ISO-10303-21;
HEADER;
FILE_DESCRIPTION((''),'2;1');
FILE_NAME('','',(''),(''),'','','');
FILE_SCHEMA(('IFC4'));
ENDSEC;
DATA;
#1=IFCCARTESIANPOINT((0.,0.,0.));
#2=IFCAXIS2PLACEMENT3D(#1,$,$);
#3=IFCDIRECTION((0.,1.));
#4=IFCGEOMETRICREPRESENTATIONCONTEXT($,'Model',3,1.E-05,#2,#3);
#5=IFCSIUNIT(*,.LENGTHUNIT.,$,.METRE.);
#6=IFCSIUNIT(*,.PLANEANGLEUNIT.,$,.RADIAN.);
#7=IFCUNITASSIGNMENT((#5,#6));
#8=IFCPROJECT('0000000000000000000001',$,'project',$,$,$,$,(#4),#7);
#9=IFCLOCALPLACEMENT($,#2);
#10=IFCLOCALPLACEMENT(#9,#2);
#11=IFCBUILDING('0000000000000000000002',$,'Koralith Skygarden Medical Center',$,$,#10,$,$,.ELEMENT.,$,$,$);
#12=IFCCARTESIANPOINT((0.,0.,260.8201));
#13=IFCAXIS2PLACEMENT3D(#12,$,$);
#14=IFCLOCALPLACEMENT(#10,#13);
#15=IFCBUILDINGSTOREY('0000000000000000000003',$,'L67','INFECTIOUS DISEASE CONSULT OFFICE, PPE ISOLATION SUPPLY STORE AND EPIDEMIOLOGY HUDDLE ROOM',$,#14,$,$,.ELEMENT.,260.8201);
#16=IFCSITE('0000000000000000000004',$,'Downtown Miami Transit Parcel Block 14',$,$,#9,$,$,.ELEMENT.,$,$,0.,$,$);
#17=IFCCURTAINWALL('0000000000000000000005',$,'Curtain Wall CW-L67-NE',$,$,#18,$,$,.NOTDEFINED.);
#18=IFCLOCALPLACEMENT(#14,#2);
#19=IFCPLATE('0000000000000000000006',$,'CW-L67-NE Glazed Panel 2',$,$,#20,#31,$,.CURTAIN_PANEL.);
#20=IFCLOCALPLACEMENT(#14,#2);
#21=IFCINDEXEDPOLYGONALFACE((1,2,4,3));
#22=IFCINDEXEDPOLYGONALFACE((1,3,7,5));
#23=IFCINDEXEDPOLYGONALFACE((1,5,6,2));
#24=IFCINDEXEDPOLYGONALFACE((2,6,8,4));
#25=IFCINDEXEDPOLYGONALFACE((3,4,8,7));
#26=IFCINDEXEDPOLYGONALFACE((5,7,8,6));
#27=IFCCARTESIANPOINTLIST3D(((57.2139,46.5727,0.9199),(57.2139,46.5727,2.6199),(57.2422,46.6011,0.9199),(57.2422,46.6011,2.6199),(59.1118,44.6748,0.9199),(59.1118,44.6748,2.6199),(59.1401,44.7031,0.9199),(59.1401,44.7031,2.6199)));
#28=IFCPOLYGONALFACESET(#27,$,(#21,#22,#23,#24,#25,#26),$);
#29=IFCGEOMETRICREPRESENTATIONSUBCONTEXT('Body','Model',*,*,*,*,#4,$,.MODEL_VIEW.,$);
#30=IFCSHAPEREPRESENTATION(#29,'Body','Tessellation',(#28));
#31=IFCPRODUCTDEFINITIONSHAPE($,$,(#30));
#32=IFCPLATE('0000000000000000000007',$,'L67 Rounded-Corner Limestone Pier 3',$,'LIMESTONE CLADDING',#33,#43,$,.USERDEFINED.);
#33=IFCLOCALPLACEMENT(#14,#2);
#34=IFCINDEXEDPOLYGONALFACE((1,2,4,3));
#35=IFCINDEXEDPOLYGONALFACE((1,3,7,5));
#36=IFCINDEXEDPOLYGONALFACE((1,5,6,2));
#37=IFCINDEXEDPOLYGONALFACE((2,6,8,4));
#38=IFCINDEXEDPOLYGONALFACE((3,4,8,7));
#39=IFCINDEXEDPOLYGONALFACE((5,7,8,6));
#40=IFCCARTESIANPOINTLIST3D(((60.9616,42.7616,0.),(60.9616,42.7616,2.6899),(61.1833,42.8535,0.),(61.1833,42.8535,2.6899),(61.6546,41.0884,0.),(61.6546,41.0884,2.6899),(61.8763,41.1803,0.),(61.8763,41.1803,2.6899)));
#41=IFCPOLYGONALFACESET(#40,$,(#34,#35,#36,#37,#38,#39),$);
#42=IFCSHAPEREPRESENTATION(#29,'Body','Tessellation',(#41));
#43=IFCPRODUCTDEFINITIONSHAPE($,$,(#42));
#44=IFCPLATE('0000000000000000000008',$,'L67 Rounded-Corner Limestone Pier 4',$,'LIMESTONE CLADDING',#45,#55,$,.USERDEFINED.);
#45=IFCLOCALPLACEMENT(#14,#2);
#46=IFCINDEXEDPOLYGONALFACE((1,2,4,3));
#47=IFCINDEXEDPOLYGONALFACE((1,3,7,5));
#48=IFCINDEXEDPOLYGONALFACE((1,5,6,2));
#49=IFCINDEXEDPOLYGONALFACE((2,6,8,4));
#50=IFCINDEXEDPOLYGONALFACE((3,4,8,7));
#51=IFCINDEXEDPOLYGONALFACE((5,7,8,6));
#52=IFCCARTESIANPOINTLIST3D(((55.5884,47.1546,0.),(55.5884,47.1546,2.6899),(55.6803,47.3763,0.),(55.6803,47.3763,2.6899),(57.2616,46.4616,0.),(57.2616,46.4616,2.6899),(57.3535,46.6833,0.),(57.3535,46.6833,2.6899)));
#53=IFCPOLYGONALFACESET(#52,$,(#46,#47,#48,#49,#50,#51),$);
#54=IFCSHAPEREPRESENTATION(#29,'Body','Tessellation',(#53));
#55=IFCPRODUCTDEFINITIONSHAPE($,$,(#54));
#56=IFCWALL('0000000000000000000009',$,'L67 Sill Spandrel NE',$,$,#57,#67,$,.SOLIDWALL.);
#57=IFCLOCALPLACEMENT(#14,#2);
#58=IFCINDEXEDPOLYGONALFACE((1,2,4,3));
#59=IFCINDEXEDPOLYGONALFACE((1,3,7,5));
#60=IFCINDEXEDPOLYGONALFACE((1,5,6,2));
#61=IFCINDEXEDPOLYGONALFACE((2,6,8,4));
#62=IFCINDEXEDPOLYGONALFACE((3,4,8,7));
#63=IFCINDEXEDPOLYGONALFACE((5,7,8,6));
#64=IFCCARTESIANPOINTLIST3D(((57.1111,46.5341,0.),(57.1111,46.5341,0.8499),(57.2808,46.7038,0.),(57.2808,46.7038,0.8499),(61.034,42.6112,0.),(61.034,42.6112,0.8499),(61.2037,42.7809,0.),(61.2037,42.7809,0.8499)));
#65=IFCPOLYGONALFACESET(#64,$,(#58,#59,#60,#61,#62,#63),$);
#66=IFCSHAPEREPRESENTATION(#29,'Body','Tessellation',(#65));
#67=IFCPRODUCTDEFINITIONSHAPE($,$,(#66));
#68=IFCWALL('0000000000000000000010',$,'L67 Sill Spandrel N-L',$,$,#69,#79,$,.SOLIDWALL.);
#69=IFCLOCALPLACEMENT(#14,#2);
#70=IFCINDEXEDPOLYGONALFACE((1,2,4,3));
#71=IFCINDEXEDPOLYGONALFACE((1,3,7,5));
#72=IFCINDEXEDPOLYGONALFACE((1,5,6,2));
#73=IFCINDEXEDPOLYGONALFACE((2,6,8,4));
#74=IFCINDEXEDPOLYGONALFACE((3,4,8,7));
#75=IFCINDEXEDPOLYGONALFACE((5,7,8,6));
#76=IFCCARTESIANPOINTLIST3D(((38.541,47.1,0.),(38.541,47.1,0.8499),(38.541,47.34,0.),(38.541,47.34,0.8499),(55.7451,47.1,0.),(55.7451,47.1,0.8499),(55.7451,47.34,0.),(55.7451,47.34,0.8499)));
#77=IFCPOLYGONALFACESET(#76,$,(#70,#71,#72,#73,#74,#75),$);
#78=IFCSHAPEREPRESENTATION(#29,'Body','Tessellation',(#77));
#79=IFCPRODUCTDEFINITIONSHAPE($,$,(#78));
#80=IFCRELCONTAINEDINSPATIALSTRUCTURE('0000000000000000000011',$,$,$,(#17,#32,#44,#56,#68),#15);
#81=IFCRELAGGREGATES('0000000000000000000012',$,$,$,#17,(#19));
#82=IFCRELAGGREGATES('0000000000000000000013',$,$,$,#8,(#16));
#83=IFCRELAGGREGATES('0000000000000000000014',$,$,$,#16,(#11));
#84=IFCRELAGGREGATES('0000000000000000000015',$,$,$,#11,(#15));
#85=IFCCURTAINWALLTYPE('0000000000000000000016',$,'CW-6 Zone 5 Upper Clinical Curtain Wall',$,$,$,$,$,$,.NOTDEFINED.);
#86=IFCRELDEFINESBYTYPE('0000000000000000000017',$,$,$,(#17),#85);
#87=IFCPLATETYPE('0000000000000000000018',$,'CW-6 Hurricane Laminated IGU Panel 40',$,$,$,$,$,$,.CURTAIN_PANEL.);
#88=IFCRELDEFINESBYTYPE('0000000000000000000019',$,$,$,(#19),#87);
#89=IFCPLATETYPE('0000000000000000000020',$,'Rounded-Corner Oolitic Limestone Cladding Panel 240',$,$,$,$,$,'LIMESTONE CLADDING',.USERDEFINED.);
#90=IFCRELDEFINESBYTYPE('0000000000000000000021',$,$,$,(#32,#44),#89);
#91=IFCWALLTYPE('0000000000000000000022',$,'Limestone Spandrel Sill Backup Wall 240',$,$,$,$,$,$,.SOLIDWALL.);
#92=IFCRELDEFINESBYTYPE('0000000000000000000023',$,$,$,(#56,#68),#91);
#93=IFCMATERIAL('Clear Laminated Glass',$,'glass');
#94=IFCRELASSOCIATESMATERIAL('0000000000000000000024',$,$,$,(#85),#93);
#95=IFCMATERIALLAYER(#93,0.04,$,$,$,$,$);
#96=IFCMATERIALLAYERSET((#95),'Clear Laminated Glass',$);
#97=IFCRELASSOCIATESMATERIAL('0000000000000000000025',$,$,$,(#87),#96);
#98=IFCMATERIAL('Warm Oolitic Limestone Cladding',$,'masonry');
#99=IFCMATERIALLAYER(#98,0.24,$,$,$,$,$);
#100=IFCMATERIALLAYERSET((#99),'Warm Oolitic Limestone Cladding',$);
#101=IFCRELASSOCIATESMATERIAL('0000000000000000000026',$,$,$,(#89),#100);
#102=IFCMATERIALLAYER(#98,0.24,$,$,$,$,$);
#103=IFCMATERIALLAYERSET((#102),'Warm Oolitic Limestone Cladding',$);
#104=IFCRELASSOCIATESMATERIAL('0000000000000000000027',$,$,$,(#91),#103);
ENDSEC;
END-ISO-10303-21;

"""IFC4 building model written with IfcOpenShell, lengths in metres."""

from ifc_helpers import new_model, si_unit, direction, frame, frame_2d, origin, origin_2d, place, context, subcontext, project, spatial, rectangle, extrude, material, layer, layer_set, type_object, element, aggregate, save


model = new_model("IFC4")

# Units and contexts
model_context = context("Model", 3, precision=1e-05, world=origin(), true_north=direction((0.0, 1.0)))
body_context = subcontext(model_context, "Body", "Model", "MODEL_VIEW")
ifc_project = project(units=[si_unit("LENGTHUNIT", "METRE"), si_unit("PLANEANGLEUNIT", "RADIAN")], contexts=[model_context])

# Site, building, storey
site_placement = place(None, origin())
site = spatial("IfcSite", under=ifc_project, at=site_placement, Name="Downtown Miami Transit Parcel Block 14", CompositionType="ELEMENT", RefElevation=0.0)
building_placement = place(site_placement, origin())
building = spatial("IfcBuilding", under=site, at=building_placement, Name="Koralith Skygarden Medical Center", CompositionType="ELEMENT")
storey_placement = place(building_placement, frame((0.0, 0.0, 260.8201)))
storey = spatial("IfcBuildingStorey", under=building, at=storey_placement, Name="L67", Description="INFECTIOUS DISEASE CONSULT OFFICE, PPE ISOLATION SUPPLY STORE AND EPIDEMIOLOGY HUDDLE ROOM", CompositionType="ELEMENT", Elevation=260.8201)

# Shared definitions
ifc_material_1 = material(Name="Clear Laminated Glass", Category="glass")
curtain_wall_type = type_object("IfcCurtainWallType", Name="CW-6 Zone 5 Upper Clinical Curtain Wall", PredefinedType="NOTDEFINED", material=ifc_material_1)

# Curtain wall
curtain_wall_1_placement = place(storey_placement, origin())
curtain_wall_1 = element("IfcCurtainWall", 1, at=curtain_wall_1_placement, inside=storey, type_object=curtain_wall_type, Name="Curtain Wall CW-L67-NE", PredefinedType="NOTDEFINED")

# Plate
ifc_layer_1 = layer(ifc_material_1, 0.04)
ifc_layer_set_1 = layer_set([ifc_layer_1], Name="Clear Laminated Glass")
plate_type_1 = type_object("IfcPlateType", Name="CW-6 Hurricane Laminated IGU Panel 40", PredefinedType="CURTAIN_PANEL", material=ifc_layer_set_1)
plate_1_placement = place(storey_placement, frame((58.177, 45.6379, 0.9199), z_axis=(0.0, 0.0, 1.0), x_axis=(-0.707107, 0.707107, 0.0)))
plate_1 = element("IfcPlate", 2, at=plate_1_placement, type_object=plate_type_1, Name="CW-L67-NE Glazed Panel 2", PredefinedType="CURTAIN_PANEL", context=body_context, shape_type="SweptSolid", body=[
    extrude(rectangle(XDim=2.6841, YDim=0.04, at=origin_2d()), origin(), (0.0, 0.0, 1.0), 1.7),
])
aggregate(curtain_wall_1, [plate_1])

# Plates
ifc_material_2 = material(Name="Warm Oolitic Limestone Cladding", Category="masonry")
ifc_layer_2 = layer(ifc_material_2, 0.24)
ifc_layer_set_2 = layer_set([ifc_layer_2], Name="Warm Oolitic Limestone Cladding")
plate_type_2 = type_object("IfcPlateType", Name="Rounded-Corner Oolitic Limestone Cladding Panel 240", ElementType="LIMESTONE CLADDING", PredefinedType="USERDEFINED", material=ifc_layer_set_2)
for number, where, z_axis, x_axis, name in (
    (3, (61.4189, 41.9709, 0.0), (0.0, 0.0, 1.0), (-0.382671, 0.923885, 0.0), "L67 Rounded-Corner Limestone Pier 3"),
    (4, (56.4709, 46.9189, 0.0), (0.0, 0.0, 1.0), (-0.923885, 0.382671, 0.0), "L67 Rounded-Corner Limestone Pier 4"),
):
    element("IfcPlate", number, at=place(storey_placement, frame(where, z_axis=z_axis, x_axis=x_axis)), inside=storey, type_object=plate_type_2, Name=name, ObjectType="LIMESTONE CLADDING", PredefinedType="USERDEFINED", context=body_context, shape_type="SweptSolid", body=[
        extrude(rectangle(XDim=1.811, YDim=0.24, at=origin_2d()), origin(), (0.0, 0.0, 1.0), 2.6899),
    ])

# Walls
ifc_layer_3 = layer(ifc_material_2, 0.24)
ifc_layer_set_3 = layer_set([ifc_layer_3], Name="Warm Oolitic Limestone Cladding")
wall_type = type_object("IfcWallType", Name="Limestone Spandrel Sill Backup Wall 240", PredefinedType="SOLIDWALL", material=ifc_layer_set_3)
wall_1_placement = place(storey_placement, frame((61.1189, 42.696, 0.0), z_axis=(0.0, 0.0, 1.0), x_axis=(-0.707107, 0.707107, 0.0)))
element("IfcWall", 5, at=wall_1_placement, inside=storey, type_object=wall_type, Name="L67 Sill Spandrel NE", PredefinedType="SOLIDWALL", context=body_context, shape_type="SweptSolid", body=[
    extrude(rectangle(XDim=5.5479, YDim=0.24, at=frame_2d((2.7739, 0.0))), origin(), (0.0, 0.0, 1.0), 0.8499),
])
wall_2_placement = place(storey_placement, frame((55.7451, 47.22, 0.0), z_axis=(0.0, 0.0, 1.0), x_axis=(-1.0, 0.0, 0.0)))
element("IfcWall", 6, at=wall_2_placement, inside=storey, type_object=wall_type, Name="L67 Sill Spandrel N-L", PredefinedType="SOLIDWALL", context=body_context, shape_type="SweptSolid", body=[
    extrude(rectangle(XDim=17.2041, YDim=0.24, at=frame_2d((8.6021, 0.0))), origin(), (0.0, 0.0, 1.0), 0.8499),
])

save(model, "model.ifc")
